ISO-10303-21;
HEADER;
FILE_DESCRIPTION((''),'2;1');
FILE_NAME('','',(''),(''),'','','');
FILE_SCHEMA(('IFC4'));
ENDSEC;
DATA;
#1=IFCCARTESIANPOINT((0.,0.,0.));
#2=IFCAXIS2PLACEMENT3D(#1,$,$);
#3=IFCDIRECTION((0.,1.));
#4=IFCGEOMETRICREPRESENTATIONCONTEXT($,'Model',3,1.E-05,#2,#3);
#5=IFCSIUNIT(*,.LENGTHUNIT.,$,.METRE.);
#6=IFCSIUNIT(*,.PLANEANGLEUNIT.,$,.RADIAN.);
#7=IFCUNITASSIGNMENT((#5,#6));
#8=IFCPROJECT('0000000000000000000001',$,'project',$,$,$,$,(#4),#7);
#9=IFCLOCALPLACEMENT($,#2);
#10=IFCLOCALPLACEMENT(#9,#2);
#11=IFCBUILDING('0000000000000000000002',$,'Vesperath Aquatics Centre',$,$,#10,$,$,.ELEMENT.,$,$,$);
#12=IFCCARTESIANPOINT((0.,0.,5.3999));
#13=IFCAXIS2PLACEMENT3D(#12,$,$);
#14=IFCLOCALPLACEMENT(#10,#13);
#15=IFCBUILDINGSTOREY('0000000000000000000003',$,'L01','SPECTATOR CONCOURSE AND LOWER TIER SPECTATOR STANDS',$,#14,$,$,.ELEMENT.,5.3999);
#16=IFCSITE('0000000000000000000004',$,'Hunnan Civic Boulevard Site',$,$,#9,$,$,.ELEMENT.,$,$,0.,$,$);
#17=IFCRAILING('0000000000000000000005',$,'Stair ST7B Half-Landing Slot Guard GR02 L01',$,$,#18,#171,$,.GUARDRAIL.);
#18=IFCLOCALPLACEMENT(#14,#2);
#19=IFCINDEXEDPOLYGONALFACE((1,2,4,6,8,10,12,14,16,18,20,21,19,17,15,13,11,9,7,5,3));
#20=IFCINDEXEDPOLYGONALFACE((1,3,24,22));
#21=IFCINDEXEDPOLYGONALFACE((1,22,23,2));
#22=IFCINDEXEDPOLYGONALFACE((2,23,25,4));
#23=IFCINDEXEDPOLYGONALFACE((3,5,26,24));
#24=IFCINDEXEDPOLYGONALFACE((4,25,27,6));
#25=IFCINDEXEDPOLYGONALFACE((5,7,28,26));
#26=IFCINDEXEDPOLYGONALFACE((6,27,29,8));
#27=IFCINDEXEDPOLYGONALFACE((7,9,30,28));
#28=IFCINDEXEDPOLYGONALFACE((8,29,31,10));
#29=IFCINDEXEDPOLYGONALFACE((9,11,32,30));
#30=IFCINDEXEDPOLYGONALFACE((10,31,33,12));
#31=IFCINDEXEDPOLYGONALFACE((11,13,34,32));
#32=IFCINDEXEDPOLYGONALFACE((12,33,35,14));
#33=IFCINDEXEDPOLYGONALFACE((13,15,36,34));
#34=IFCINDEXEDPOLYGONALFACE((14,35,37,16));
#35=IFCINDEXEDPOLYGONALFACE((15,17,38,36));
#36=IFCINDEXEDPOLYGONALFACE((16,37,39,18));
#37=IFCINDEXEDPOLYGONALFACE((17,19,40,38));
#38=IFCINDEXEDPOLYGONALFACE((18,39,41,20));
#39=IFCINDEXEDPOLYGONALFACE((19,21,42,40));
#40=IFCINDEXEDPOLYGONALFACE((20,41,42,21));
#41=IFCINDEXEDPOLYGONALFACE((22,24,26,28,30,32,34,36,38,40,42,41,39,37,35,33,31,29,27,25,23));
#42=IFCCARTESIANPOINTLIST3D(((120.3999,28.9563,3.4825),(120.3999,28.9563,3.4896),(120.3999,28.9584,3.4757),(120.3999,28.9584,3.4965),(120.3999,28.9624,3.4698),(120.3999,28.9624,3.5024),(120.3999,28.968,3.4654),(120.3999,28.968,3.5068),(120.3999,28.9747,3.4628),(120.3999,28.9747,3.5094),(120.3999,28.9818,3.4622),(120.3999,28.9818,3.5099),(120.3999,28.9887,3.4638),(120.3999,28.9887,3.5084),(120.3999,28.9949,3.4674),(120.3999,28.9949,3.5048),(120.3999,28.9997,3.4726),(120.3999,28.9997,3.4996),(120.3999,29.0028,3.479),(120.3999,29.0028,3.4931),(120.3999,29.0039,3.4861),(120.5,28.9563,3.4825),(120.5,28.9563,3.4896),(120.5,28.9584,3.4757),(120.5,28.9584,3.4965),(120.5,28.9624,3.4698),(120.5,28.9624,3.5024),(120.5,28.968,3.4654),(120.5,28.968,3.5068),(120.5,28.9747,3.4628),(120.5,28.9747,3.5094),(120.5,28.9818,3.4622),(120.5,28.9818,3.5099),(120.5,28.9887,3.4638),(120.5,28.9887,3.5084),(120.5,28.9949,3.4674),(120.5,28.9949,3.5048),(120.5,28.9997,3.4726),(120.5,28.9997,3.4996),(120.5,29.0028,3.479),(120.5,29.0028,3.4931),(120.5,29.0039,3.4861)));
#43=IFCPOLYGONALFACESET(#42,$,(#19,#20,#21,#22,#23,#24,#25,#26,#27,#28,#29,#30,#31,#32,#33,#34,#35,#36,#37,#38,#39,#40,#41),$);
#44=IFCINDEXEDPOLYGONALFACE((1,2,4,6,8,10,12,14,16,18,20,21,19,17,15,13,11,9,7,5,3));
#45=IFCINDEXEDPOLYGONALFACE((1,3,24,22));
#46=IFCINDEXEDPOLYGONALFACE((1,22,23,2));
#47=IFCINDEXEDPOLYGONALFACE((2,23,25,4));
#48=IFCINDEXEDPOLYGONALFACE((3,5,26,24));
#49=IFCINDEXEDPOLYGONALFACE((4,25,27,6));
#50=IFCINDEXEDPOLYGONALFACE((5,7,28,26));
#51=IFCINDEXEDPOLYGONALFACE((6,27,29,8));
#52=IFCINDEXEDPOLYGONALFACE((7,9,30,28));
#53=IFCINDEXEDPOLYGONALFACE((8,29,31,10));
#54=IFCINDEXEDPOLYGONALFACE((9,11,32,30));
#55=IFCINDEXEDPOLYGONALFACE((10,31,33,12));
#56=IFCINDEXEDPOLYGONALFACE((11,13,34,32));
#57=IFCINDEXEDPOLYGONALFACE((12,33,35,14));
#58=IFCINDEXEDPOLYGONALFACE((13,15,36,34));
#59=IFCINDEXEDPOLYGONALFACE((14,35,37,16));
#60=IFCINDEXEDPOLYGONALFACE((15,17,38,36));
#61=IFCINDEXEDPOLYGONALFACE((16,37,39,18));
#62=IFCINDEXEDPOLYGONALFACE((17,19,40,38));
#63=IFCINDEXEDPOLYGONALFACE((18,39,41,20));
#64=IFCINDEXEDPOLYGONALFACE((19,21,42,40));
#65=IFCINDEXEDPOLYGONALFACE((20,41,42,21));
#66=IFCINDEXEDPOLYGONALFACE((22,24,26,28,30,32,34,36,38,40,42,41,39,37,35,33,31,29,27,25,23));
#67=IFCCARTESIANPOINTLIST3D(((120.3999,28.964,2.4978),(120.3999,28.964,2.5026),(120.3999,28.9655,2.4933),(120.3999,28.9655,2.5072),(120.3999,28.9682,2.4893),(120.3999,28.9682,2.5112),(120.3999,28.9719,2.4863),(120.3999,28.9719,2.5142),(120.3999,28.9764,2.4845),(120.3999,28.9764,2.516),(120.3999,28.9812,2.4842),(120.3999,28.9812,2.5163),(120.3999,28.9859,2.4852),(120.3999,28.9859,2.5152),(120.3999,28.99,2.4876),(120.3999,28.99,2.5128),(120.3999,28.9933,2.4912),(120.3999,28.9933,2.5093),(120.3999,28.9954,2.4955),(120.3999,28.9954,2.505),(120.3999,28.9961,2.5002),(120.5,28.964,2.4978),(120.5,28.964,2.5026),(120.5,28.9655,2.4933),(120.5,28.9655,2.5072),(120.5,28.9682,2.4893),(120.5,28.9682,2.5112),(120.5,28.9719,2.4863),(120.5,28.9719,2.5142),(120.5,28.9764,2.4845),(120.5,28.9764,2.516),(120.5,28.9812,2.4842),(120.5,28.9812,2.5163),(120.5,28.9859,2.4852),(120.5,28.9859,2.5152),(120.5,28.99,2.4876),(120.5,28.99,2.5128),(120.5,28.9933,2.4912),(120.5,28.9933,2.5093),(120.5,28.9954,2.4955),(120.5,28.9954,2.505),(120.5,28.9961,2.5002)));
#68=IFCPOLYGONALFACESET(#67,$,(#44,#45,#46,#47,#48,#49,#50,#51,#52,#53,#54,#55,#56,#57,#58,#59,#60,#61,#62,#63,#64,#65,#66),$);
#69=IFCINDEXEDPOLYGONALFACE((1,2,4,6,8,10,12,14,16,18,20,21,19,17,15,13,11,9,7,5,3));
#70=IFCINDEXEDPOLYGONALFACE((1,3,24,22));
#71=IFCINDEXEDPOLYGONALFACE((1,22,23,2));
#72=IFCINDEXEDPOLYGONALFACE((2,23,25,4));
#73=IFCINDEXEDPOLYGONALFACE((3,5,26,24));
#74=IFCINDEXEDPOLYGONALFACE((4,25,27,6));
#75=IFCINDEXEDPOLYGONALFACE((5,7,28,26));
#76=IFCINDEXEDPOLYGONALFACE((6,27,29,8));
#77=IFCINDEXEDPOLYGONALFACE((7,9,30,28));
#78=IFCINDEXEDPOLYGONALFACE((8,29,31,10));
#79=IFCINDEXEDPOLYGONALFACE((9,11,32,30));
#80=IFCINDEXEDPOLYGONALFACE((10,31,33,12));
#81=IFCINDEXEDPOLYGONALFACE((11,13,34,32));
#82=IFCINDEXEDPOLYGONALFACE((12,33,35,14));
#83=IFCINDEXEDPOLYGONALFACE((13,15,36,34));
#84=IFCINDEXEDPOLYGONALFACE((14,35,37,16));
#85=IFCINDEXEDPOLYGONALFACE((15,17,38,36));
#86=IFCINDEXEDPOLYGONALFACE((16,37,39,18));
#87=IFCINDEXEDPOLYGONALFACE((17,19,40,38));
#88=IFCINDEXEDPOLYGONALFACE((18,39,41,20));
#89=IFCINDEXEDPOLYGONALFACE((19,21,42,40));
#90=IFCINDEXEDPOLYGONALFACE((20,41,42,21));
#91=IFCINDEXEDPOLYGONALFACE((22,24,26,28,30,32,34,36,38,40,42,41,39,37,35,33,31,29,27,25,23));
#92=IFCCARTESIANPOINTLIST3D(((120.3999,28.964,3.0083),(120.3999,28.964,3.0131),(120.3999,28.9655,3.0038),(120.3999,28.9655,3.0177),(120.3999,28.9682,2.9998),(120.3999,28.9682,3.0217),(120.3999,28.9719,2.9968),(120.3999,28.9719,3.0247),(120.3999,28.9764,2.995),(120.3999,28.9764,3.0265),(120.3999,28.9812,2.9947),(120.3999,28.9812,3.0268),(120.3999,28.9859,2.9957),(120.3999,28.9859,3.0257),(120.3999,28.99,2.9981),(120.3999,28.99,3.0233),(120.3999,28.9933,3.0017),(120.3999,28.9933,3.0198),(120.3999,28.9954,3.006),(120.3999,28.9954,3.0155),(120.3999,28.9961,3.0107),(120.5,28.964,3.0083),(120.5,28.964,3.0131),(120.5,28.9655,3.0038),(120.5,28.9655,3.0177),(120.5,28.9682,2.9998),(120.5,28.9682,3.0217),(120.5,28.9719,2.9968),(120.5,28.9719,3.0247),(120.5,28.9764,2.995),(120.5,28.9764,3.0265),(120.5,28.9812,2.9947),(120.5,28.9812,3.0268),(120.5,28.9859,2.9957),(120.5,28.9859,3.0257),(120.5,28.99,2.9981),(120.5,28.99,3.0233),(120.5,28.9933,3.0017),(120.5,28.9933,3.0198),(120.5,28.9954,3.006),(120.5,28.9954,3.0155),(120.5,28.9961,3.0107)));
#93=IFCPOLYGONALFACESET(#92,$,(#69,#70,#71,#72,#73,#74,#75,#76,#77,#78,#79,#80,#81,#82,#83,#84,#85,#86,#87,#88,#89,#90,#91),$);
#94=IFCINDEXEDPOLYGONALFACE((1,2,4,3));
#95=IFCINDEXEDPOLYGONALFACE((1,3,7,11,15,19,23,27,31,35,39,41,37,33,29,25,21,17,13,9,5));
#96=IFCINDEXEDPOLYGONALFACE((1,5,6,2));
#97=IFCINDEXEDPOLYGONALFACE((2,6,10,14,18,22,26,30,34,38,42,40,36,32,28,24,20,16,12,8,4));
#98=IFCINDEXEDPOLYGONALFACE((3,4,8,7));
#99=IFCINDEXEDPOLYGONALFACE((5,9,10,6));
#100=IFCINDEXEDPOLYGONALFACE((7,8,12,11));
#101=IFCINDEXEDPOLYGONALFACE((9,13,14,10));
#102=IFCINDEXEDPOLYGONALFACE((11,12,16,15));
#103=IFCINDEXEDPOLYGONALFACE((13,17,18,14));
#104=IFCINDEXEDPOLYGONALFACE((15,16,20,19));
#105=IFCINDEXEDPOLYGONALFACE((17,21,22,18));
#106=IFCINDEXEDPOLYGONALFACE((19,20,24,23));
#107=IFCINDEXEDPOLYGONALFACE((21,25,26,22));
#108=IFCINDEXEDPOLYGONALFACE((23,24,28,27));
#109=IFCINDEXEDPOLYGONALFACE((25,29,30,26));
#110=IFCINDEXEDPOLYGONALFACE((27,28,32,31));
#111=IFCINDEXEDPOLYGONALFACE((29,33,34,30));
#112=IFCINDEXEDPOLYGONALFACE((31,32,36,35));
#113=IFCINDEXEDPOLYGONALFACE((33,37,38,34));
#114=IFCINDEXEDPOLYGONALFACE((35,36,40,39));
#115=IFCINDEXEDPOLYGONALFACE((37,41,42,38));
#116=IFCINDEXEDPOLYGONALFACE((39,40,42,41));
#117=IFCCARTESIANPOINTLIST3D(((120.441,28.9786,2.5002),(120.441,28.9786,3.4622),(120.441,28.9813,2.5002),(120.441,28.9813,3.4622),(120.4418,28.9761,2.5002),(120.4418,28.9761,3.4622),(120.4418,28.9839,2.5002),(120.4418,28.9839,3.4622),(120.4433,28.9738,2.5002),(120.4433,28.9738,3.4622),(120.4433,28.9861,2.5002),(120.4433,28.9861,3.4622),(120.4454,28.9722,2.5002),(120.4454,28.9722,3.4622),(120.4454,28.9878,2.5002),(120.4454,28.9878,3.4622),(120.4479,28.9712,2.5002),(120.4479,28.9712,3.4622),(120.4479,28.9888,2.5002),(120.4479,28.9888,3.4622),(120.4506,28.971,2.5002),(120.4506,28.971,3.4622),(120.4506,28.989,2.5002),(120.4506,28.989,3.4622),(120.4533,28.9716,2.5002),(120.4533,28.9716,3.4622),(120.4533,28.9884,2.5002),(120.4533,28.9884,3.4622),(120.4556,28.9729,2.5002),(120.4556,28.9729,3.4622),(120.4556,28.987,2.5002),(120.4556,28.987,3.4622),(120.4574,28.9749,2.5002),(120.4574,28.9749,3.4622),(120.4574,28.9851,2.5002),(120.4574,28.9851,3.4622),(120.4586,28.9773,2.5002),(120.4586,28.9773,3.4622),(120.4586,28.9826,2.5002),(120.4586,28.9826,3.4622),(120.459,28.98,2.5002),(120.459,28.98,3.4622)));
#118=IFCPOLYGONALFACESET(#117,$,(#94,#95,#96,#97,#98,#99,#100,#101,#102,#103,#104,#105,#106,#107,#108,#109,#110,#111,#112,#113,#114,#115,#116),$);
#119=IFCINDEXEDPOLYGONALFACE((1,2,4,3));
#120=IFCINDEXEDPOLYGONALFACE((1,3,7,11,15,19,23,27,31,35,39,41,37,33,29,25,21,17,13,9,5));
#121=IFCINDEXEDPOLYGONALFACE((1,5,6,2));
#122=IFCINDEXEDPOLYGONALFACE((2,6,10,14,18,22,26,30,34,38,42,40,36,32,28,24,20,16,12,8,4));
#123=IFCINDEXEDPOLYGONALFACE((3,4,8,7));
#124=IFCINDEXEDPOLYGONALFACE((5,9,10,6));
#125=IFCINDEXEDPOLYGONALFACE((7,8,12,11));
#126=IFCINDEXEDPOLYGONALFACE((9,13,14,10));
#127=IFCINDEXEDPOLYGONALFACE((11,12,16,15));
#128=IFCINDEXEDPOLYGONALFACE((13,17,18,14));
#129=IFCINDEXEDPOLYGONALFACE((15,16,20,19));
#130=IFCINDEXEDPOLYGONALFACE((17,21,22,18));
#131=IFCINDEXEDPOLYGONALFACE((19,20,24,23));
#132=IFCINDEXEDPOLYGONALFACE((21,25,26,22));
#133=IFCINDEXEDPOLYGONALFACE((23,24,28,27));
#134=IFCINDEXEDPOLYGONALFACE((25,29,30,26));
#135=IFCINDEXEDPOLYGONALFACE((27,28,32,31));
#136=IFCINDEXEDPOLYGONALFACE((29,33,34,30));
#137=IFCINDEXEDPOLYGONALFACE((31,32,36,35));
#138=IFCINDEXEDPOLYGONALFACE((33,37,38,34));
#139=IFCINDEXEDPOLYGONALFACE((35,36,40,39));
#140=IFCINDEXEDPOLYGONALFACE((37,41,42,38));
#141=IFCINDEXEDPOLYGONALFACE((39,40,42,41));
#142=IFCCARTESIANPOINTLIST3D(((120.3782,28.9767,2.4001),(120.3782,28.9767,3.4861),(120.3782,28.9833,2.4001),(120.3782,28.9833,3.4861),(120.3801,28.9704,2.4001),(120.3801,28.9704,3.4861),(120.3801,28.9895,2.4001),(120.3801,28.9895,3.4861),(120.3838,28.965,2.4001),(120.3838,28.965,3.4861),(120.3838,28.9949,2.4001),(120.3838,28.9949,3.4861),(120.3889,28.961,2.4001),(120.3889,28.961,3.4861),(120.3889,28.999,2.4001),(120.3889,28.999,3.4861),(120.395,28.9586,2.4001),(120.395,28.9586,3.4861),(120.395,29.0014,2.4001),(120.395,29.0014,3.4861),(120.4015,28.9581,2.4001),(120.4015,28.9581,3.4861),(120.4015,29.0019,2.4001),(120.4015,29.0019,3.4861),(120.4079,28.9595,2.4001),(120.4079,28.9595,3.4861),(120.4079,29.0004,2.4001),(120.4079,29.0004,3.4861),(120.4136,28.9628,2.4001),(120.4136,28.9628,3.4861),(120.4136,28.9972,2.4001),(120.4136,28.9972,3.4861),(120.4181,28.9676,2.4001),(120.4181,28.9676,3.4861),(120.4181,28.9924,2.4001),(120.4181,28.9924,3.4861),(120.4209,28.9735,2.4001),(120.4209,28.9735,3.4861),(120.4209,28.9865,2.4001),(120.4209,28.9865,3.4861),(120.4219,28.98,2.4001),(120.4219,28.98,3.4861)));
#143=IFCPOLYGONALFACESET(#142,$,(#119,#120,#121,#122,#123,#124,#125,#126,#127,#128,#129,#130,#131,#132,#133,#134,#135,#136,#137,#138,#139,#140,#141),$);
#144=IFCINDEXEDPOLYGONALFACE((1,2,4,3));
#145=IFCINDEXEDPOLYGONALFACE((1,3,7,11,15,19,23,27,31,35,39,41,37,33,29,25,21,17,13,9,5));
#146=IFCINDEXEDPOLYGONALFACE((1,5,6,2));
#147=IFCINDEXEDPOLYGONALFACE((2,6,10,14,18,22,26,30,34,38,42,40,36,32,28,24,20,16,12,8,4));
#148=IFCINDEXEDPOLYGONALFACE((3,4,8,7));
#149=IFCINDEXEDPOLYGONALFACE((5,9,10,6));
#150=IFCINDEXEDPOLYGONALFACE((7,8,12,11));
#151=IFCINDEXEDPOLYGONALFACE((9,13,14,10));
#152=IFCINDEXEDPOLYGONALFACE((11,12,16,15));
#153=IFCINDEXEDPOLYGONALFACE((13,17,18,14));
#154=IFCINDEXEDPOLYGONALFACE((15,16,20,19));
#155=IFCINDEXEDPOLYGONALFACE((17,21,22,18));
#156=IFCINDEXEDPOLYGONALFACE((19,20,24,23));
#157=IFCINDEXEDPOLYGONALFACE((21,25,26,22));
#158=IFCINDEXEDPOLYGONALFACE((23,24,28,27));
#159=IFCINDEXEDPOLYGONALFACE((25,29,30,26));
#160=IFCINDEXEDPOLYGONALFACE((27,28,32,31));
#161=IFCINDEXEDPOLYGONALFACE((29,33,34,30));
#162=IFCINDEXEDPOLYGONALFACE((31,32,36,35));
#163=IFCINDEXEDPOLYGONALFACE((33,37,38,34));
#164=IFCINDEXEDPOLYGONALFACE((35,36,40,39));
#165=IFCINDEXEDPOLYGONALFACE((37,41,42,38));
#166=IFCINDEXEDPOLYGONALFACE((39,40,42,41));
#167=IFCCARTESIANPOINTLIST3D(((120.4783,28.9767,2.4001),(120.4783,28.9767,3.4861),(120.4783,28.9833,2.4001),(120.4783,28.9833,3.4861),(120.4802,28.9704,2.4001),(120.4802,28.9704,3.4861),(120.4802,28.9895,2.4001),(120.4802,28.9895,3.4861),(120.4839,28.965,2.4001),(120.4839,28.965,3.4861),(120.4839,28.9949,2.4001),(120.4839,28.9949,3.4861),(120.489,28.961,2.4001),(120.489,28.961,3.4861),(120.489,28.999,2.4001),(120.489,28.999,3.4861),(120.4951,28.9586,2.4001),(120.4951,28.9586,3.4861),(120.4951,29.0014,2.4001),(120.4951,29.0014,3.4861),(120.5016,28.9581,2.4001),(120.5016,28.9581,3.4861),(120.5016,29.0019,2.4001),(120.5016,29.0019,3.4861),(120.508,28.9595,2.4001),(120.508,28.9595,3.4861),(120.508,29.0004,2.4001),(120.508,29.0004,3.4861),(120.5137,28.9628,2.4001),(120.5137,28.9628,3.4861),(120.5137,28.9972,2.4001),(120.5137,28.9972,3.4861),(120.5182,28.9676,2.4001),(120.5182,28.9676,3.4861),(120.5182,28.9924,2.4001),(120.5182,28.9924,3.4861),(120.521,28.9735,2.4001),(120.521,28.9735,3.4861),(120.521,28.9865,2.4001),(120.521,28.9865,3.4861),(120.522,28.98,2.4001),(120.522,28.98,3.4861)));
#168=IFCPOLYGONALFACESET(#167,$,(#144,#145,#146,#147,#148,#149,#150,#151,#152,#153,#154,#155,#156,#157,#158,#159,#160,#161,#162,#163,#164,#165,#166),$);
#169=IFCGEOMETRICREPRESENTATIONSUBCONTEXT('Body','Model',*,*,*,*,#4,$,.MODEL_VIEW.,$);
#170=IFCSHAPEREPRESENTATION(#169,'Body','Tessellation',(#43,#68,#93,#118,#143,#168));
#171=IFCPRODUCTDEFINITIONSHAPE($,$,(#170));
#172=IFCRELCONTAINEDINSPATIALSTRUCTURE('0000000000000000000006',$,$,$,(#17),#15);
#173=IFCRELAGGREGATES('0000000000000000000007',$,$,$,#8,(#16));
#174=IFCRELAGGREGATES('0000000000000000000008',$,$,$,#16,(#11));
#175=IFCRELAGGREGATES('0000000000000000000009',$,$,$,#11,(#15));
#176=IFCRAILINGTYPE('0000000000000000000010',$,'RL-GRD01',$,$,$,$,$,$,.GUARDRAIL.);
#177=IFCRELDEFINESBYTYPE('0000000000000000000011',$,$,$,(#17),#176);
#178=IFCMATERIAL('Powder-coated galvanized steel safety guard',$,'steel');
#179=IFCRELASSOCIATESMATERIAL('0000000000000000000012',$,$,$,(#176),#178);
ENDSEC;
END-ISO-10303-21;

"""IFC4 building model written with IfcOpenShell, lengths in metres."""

from ifc_helpers import new_model, si_unit, direction, frame, origin, origin_2d, place, context, subcontext, project, spatial, circle, extrude, material, type_object, element, save


model = new_model("IFC4")

# Units and contexts
model_context = context("Model", 3, precision=1e-05, world=origin(), true_north=direction((0.0, 1.0)))
body_context = subcontext(model_context, "Body", "Model", "MODEL_VIEW")
ifc_project = project(units=[si_unit("LENGTHUNIT", "METRE"), si_unit("PLANEANGLEUNIT", "RADIAN")], contexts=[model_context])

# Site, building, storey
site_placement = place(None, origin())
site = spatial("IfcSite", under=ifc_project, at=site_placement, Name="Hunnan Civic Boulevard Site", CompositionType="ELEMENT", RefElevation=0.0)
building_placement = place(site_placement, origin())
building = spatial("IfcBuilding", under=site, at=building_placement, Name="Vesperath Aquatics Centre", CompositionType="ELEMENT")
storey_placement = place(building_placement, frame((0.0, 0.0, 5.3999)))
storey = spatial("IfcBuildingStorey", under=building, at=storey_placement, Name="L01", Description="SPECTATOR CONCOURSE AND LOWER TIER SPECTATOR STANDS", CompositionType="ELEMENT", Elevation=5.3999)

# Railing
ifc_material_1 = material(Name="Powder-coated galvanized steel safety guard", Category="steel")
railing_type_1 = type_object("IfcRailingType", Name="RL-GRD01", PredefinedType="GUARDRAIL", material=ifc_material_1)
railing_1_placement = place(storey_placement, frame((120.3999, 28.98, 2.4001)))
element("IfcRailing", 1, at=railing_1_placement, inside=storey, type_object=railing_type_1, Name="Stair ST7B Half-Landing Slot Guard GR02 L01", PredefinedType="GUARDRAIL", context=body_context, shape_type="SweptSolid", body=[
    extrude(circle(Radius=0.0239, at=origin_2d()), frame((0.0, 0.0, 1.0859), z_axis=(1.0, 0.0, 0.0), x_axis=(0.0, 1.0, 0.0)), (0.0, 0.0, 1.0), 0.1001),
    extrude(circle(Radius=0.0161, at=origin_2d()), frame((0.0, 0.0, 0.1001), z_axis=(1.0, 0.0, 0.0), x_axis=(0.0, 1.0, 0.0)), (0.0, 0.0, 1.0), 0.1001),
    extrude(circle(Radius=0.0161, at=origin_2d()), frame((0.0, 0.0, 0.6106), z_axis=(1.0, 0.0, 0.0), x_axis=(0.0, 1.0, 0.0)), (0.0, 0.0, 1.0), 0.1001),
    extrude(circle(Radius=0.009, at=origin_2d()), frame((0.05, 0.0, 0.1001)), (0.0, 0.0, 1.0), 0.9619),
    extrude(circle(Radius=0.022, at=origin_2d()), origin(), (0.0, 0.0, 1.0), 1.0859),
    extrude(circle(Radius=0.022, at=origin_2d()), frame((0.1001, 0.0, 0.0)), (0.0, 0.0, 1.0), 1.0859),
])

save(model, "model.ifc")
